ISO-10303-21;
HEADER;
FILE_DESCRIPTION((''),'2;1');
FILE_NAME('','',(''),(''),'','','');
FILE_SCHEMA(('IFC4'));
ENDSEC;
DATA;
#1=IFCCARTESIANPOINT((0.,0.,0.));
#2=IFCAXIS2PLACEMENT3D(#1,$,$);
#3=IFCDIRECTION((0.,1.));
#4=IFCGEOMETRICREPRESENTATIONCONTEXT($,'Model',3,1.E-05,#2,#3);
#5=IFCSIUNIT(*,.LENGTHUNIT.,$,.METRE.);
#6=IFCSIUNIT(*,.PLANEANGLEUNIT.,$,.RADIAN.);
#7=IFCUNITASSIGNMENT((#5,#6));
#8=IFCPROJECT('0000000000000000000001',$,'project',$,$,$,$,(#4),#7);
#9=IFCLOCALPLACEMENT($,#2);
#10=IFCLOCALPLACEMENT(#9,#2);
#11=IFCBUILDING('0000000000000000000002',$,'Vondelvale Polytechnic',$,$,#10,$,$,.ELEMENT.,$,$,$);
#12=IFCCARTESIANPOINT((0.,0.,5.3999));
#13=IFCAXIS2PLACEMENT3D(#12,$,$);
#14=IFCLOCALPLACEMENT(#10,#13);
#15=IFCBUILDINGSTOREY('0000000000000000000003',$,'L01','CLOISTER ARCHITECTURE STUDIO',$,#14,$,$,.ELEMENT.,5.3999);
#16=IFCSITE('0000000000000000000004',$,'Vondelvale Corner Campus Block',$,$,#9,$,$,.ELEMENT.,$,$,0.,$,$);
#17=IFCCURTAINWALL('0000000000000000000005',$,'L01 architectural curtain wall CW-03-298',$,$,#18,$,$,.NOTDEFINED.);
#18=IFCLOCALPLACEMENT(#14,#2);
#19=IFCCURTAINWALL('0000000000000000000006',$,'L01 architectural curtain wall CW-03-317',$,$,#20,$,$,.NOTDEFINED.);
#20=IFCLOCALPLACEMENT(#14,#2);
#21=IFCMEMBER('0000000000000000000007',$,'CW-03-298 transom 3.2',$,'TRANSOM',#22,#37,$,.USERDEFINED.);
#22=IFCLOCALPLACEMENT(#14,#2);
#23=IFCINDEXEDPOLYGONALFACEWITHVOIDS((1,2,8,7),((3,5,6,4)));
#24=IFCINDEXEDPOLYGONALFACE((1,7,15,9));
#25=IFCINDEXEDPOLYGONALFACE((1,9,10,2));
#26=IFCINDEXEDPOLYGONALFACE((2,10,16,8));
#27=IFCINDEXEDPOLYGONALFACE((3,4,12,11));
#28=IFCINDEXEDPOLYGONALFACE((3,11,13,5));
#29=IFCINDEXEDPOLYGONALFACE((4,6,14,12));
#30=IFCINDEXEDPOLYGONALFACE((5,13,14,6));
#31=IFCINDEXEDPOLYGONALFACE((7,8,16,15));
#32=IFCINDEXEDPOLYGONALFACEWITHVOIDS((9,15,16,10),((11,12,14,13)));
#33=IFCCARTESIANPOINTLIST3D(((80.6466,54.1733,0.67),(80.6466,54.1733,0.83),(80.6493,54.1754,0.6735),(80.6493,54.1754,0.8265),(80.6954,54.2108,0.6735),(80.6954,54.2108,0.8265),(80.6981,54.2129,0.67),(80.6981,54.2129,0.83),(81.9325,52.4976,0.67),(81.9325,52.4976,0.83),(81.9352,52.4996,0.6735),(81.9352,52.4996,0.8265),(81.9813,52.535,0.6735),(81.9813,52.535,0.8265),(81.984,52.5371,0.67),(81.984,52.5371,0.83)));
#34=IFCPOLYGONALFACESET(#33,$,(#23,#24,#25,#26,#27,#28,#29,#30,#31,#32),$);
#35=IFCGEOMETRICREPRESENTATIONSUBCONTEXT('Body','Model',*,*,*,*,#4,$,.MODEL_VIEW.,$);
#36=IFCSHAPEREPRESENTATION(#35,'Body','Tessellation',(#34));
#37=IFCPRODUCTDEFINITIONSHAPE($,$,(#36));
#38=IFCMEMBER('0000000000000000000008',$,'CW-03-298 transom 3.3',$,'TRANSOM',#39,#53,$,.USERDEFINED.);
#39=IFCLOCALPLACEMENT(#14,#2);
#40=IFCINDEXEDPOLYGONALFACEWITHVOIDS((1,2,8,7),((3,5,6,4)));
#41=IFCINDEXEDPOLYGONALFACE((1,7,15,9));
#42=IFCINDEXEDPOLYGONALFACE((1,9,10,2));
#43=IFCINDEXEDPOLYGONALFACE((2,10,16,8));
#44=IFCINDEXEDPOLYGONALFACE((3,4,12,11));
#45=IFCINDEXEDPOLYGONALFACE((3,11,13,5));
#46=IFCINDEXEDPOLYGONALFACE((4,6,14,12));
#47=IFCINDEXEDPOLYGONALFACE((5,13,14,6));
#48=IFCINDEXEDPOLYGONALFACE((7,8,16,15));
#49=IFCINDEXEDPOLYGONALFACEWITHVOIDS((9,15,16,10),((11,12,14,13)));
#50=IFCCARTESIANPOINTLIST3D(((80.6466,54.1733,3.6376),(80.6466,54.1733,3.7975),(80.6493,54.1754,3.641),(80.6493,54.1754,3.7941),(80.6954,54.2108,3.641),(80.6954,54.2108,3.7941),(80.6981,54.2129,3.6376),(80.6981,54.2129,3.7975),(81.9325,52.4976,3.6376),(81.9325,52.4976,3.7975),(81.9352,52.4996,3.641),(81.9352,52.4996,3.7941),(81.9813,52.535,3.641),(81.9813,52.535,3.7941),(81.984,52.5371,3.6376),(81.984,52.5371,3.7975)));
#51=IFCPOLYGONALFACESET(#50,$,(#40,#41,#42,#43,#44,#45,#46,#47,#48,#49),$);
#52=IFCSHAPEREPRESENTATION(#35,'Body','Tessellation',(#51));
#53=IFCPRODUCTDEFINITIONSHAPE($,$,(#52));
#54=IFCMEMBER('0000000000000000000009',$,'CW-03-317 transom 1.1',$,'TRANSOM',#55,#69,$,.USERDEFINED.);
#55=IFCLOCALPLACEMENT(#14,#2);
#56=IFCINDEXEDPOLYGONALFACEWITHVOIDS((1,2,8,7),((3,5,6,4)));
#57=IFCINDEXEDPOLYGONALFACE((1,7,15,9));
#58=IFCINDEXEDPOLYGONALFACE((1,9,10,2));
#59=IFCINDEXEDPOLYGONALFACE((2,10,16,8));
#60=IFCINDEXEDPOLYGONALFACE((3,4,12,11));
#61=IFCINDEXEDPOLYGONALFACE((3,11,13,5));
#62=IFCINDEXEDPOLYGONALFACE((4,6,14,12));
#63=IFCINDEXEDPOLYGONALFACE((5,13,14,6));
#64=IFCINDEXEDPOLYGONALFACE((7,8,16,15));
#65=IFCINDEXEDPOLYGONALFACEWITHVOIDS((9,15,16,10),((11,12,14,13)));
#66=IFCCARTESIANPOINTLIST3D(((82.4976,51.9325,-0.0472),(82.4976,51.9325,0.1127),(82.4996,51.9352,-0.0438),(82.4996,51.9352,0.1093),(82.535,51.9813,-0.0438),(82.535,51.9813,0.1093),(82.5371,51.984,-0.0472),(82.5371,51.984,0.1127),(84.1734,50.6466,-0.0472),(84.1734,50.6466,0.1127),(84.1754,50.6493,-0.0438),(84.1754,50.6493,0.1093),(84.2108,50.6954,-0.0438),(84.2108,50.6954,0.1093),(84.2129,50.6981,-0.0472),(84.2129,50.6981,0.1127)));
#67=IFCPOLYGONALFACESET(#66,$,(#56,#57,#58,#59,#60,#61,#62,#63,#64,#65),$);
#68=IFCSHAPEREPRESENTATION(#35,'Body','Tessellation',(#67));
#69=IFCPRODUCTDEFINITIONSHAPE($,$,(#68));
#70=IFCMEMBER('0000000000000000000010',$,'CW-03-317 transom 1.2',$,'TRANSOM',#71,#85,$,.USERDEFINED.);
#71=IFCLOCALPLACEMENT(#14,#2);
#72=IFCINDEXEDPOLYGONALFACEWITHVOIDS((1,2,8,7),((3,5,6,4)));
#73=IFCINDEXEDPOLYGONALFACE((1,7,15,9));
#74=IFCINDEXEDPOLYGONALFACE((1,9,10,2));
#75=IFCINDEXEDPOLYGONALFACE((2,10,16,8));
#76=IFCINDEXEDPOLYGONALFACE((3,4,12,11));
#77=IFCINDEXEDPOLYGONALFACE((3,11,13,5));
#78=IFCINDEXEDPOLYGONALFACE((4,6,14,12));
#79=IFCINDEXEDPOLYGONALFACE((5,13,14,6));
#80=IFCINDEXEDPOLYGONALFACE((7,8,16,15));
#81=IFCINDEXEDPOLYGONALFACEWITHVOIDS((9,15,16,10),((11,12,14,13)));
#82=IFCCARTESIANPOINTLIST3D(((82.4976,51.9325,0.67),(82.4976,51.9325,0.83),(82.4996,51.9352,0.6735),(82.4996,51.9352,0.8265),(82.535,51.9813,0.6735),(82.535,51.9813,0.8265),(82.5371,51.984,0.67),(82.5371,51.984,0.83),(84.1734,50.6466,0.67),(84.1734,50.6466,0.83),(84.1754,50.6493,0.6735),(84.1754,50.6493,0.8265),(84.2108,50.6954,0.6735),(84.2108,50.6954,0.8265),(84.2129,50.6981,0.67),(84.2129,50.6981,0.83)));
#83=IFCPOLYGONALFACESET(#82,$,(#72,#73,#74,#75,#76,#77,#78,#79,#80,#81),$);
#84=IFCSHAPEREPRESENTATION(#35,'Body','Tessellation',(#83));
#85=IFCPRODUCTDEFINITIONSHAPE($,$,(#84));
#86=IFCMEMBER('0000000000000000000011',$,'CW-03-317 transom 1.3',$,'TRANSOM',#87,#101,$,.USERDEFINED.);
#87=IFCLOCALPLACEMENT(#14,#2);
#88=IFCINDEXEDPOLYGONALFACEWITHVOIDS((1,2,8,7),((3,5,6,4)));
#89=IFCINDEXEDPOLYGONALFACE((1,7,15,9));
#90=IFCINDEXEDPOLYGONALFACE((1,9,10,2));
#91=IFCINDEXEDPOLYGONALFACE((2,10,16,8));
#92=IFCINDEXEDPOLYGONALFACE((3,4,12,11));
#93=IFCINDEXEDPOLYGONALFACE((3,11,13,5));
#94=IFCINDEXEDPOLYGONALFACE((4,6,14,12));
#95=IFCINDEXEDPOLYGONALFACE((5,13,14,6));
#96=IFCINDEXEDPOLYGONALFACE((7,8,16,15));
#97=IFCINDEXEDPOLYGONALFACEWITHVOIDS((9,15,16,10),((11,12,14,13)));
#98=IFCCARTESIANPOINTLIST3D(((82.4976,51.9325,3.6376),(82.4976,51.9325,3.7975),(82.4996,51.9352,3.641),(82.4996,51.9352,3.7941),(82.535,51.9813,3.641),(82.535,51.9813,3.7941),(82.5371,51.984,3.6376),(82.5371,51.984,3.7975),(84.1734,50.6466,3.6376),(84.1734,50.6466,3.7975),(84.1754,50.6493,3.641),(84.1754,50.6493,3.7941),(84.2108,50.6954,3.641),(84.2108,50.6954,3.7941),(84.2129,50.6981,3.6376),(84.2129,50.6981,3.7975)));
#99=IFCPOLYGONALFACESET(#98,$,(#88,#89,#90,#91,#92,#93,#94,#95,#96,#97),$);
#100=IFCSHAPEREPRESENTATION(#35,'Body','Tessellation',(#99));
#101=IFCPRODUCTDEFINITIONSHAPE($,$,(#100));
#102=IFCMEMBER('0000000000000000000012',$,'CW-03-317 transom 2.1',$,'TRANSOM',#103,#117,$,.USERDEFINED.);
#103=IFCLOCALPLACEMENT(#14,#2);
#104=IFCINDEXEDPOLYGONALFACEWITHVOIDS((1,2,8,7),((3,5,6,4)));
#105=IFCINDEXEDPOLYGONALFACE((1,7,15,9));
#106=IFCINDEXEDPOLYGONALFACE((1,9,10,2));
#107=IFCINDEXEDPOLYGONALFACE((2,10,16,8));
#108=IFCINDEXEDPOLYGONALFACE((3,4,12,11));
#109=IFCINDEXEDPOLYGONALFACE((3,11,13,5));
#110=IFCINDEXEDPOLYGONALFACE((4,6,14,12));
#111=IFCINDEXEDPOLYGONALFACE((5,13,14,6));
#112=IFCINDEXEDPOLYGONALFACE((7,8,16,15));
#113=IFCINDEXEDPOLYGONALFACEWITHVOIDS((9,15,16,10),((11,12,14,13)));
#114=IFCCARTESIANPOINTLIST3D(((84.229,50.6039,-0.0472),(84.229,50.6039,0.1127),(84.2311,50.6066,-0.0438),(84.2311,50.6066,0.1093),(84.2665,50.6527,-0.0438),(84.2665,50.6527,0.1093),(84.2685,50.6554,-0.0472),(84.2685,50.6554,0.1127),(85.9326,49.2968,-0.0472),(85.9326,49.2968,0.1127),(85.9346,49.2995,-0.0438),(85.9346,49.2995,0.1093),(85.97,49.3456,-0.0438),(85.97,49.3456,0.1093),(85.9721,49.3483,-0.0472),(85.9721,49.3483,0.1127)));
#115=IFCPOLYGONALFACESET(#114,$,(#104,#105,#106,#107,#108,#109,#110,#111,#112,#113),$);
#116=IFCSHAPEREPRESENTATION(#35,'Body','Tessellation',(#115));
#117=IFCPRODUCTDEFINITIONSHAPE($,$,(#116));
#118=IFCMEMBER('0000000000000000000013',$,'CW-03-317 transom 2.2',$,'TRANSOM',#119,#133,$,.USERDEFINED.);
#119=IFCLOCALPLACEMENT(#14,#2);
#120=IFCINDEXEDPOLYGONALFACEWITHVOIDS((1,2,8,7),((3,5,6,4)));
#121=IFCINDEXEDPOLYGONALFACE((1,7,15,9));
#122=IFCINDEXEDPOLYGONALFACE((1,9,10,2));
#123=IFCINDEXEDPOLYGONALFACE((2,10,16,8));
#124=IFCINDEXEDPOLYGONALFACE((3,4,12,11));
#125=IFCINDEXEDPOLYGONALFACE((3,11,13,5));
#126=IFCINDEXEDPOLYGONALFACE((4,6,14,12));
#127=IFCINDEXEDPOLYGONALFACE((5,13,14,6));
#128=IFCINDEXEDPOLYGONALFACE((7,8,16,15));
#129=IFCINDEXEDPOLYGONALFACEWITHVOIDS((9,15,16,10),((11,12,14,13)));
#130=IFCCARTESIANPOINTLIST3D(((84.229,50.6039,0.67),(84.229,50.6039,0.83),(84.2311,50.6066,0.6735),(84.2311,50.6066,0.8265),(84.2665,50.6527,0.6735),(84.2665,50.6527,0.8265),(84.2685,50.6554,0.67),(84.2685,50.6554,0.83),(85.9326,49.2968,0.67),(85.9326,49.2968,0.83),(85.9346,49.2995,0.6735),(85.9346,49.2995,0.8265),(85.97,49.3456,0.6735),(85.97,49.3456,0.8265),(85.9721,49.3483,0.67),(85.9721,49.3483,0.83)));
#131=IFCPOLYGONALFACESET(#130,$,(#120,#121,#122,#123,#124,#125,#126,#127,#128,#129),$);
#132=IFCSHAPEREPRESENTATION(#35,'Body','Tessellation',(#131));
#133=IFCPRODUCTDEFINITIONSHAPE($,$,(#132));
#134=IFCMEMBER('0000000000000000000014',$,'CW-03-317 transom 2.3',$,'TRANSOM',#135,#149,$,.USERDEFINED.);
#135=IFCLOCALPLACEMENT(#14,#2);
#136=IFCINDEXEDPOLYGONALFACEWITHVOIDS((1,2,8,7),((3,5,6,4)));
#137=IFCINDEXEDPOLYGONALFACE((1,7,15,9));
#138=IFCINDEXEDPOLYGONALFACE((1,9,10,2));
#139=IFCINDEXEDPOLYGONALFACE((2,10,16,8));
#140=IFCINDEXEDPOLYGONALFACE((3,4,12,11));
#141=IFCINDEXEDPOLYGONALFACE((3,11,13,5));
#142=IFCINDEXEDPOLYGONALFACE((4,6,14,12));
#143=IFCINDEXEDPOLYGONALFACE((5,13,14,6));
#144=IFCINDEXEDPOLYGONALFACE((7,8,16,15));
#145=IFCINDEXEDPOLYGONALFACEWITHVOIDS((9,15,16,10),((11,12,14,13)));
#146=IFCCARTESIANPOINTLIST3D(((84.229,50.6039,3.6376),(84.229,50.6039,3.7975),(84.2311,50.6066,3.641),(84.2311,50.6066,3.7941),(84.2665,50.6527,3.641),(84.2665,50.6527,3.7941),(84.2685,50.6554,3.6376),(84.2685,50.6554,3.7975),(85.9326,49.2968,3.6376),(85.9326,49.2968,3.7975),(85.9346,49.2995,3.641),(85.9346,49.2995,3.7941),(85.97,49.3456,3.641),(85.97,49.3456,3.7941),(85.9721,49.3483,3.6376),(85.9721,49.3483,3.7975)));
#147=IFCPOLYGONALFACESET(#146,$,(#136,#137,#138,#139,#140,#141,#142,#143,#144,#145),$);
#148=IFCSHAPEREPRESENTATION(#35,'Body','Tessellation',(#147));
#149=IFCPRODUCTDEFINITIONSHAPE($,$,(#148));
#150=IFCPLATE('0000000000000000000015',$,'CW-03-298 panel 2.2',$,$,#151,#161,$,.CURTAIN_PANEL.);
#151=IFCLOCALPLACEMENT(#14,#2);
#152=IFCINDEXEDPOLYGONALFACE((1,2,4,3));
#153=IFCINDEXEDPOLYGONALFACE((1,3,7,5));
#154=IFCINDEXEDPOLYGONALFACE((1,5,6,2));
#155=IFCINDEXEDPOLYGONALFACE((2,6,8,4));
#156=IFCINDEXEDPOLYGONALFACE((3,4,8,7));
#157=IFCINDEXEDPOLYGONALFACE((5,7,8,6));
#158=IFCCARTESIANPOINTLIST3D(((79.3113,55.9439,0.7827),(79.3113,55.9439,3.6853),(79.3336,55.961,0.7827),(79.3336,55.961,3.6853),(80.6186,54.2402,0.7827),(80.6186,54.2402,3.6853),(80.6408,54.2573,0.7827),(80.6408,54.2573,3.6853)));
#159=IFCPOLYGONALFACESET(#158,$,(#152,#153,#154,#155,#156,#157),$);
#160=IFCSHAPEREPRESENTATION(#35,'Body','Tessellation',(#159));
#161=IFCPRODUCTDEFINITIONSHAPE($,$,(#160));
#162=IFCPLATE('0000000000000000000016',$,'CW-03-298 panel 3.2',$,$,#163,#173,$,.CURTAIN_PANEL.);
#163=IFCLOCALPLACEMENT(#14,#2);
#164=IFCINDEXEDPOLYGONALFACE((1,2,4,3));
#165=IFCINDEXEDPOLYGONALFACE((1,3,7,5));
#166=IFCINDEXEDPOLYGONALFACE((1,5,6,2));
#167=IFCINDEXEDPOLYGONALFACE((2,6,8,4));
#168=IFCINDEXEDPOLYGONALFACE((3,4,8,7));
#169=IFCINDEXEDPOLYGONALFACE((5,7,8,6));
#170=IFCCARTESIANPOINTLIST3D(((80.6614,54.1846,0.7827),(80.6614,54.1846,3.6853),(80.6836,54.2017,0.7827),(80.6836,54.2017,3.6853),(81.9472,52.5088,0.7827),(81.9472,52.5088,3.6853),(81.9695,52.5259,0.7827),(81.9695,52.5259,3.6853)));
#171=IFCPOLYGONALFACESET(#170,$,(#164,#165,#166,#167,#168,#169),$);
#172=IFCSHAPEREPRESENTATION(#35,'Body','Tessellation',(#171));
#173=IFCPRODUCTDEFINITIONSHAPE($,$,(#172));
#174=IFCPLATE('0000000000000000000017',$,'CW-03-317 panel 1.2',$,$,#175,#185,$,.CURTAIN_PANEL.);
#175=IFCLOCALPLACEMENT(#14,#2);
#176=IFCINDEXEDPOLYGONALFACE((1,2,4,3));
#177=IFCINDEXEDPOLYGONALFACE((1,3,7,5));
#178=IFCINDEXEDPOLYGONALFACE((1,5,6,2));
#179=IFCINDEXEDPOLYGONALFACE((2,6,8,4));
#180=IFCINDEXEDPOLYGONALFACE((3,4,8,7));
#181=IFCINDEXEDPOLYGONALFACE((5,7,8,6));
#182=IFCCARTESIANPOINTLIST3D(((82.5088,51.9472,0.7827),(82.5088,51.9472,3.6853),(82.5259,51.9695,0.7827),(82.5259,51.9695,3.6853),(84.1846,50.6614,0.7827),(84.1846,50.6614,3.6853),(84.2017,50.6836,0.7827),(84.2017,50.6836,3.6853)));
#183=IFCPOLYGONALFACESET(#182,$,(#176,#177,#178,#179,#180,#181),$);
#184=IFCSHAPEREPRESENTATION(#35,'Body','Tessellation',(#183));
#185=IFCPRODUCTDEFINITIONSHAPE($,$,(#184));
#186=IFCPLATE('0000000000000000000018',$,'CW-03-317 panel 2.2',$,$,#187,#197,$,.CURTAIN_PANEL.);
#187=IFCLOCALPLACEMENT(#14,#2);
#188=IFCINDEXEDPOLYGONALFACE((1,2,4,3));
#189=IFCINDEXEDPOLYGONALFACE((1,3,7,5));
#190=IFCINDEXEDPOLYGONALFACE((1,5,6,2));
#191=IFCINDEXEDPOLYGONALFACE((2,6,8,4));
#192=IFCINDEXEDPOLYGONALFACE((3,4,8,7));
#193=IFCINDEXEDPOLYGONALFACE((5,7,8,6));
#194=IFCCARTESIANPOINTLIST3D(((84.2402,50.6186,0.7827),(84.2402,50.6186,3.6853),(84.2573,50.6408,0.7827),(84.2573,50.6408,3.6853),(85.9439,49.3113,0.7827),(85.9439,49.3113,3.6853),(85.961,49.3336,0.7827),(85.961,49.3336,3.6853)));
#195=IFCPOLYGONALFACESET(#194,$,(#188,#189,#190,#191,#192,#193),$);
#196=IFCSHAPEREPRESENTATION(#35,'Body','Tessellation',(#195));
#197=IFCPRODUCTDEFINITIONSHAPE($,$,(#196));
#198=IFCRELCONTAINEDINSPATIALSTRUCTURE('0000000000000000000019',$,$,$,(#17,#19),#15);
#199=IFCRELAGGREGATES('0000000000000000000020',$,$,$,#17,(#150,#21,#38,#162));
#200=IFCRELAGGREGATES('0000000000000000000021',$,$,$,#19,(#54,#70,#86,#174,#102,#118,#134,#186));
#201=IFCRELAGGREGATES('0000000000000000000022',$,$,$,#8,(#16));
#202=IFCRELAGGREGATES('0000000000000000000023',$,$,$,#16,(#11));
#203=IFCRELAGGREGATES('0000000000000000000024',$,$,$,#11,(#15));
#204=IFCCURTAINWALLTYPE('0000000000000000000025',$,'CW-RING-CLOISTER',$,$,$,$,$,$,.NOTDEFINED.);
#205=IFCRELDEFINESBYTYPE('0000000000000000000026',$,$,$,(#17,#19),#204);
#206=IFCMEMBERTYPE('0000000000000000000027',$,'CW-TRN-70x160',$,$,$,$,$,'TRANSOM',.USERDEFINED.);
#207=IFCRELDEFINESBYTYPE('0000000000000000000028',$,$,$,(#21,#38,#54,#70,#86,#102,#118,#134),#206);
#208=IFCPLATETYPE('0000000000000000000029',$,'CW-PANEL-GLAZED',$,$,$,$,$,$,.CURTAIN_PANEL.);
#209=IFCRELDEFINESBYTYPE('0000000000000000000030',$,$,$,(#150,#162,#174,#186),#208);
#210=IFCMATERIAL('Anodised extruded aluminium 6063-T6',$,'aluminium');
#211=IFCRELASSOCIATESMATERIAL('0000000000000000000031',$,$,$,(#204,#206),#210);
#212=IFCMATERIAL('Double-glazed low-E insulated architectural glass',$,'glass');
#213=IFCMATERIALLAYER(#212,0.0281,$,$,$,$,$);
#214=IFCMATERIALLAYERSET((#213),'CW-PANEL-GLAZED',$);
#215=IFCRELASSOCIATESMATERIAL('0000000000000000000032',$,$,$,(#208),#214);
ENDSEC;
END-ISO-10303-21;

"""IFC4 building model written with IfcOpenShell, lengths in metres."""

from ifc_helpers import new_model, si_unit, direction, frame, origin, origin_2d, place, context, subcontext, project, spatial, rectangle, hollow_rectangle, extrude, material, layer, layer_set, material_profile, profile_set, type_object, element, aggregate, save


model = new_model("IFC4")

# Units and contexts
model_context = context("Model", 3, precision=1e-05, world=origin(), true_north=direction((0.0, 1.0)))
body_context = subcontext(model_context, "Body", "Model", "MODEL_VIEW")
ifc_project = project(units=[si_unit("LENGTHUNIT", "METRE"), si_unit("PLANEANGLEUNIT", "RADIAN")], contexts=[model_context])

# Site, building, storey
site_placement = place(None, origin())
site = spatial("IfcSite", under=ifc_project, at=site_placement, Name="Vondelvale Corner Campus Block", CompositionType="ELEMENT", RefElevation=0.0)
building_placement = place(site_placement, origin())
building = spatial("IfcBuilding", under=site, at=building_placement, Name="Vondelvale Polytechnic", CompositionType="ELEMENT")
storey_placement = place(building_placement, frame((0.0, 0.0, 5.3999)))
storey = spatial("IfcBuildingStorey", under=building, at=storey_placement, Name="L01", Description="CLOISTER ARCHITECTURE STUDIO", CompositionType="ELEMENT", Elevation=5.3999)

# Curtain walls
ifc_material_1 = material(Name="Anodised extruded aluminium 6063-T6", Category="aluminium")
curtain_wall_type = type_object("IfcCurtainWallType", Name="CW-RING-CLOISTER", PredefinedType="NOTDEFINED", material=ifc_material_1)
curtain_wall_1_placement = place(storey_placement, origin())
curtain_wall_1 = element("IfcCurtainWall", 1, at=curtain_wall_1_placement, inside=storey, type_object=curtain_wall_type, Name="L01 architectural curtain wall CW-03-298", PredefinedType="NOTDEFINED")
curtain_wall_2_placement = place(storey_placement, origin())
curtain_wall_2 = element("IfcCurtainWall", 2, at=curtain_wall_2_placement, inside=storey, type_object=curtain_wall_type, Name="L01 architectural curtain wall CW-03-317", PredefinedType="NOTDEFINED")

# Members
ifc_material_profile_1 = material_profile(ifc_material_1, hollow_rectangle(XDim=0.0649, YDim=0.1599, WallThickness=0.0034, at=origin_2d()), Name="CW-TRN-160x65")
ifc_profile_set_1 = profile_set([ifc_material_profile_1], Name="Anodised extruded aluminium 6063-T6")
member_type_1 = type_object("IfcMemberType", Name="CW-TRN-70x160", ElementType="TRANSOM", PredefinedType="USERDEFINED", material=ifc_profile_set_1)
member_1_placement = place(storey_placement, frame((80.6724, 54.1931, 0.75), z_axis=(0.608766, -0.79335, 0.0), x_axis=(0.79335, 0.608766, 0.0)))
member_1 = element("IfcMember", 3, at=member_1_placement, type_object=member_type_1, Name="CW-03-298 transom 3.2", ObjectType="TRANSOM", PredefinedType="USERDEFINED", context=body_context, shape_type="SweptSolid", body=[
    extrude(hollow_rectangle(XDim=0.0649, YDim=0.1599, WallThickness=0.0034, at=origin_2d()), origin(), (0.0, 0.0, 1.0), 2.1123),
])
member_2_placement = place(storey_placement, frame((80.6724, 54.1931, 3.7175), z_axis=(0.608766, -0.79335, 0.0), x_axis=(0.79335, 0.608766, 0.0)))
member_2 = element("IfcMember", 4, at=member_2_placement, type_object=member_type_1, Name="CW-03-298 transom 3.3", ObjectType="TRANSOM", PredefinedType="USERDEFINED", context=body_context, shape_type="SweptSolid", body=[
    extrude(hollow_rectangle(XDim=0.0649, YDim=0.1599, WallThickness=0.0034, at=origin_2d()), origin(), (0.0, 0.0, 1.0), 2.1123),
])
member_3_placement = place(storey_placement, frame((82.5173, 51.9583, 0.0327), z_axis=(0.79335, -0.608766, 0.0), x_axis=(0.608766, 0.79335, 0.0)))
member_3 = element("IfcMember", 5, at=member_3_placement, type_object=member_type_1, Name="CW-03-317 transom 1.1", ObjectType="TRANSOM", PredefinedType="USERDEFINED", context=body_context, shape_type="SweptSolid", body=[
    extrude(hollow_rectangle(XDim=0.0649, YDim=0.1599, WallThickness=0.0034, at=origin_2d()), origin(), (0.0, 0.0, 1.0), 2.1123),
])
member_4_placement = place(storey_placement, frame((82.5173, 51.9583, 0.75), z_axis=(0.79335, -0.608766, 0.0), x_axis=(0.608766, 0.79335, 0.0)))
member_4 = element("IfcMember", 6, at=member_4_placement, type_object=member_type_1, Name="CW-03-317 transom 1.2", ObjectType="TRANSOM", PredefinedType="USERDEFINED", context=body_context, shape_type="SweptSolid", body=[
    extrude(hollow_rectangle(XDim=0.0649, YDim=0.1599, WallThickness=0.0034, at=origin_2d()), origin(), (0.0, 0.0, 1.0), 2.1123),
])
member_5_placement = place(storey_placement, frame((82.5173, 51.9583, 3.7175), z_axis=(0.79335, -0.608766, 0.0), x_axis=(0.608766, 0.79335, 0.0)))
member_5 = element("IfcMember", 7, at=member_5_placement, type_object=member_type_1, Name="CW-03-317 transom 1.3", ObjectType="TRANSOM", PredefinedType="USERDEFINED", context=body_context, shape_type="SweptSolid", body=[
    extrude(hollow_rectangle(XDim=0.0649, YDim=0.1599, WallThickness=0.0034, at=origin_2d()), origin(), (0.0, 0.0, 1.0), 2.1123),
])
member_6_placement = place(storey_placement, frame((84.2488, 50.6296, 0.0327), z_axis=(0.793376, -0.608732, 0.0), x_axis=(0.608732, 0.793376, 0.0)))
member_6 = element("IfcMember", 8, at=member_6_placement, type_object=member_type_1, Name="CW-03-317 transom 2.1", ObjectType="TRANSOM", PredefinedType="USERDEFINED", context=body_context, shape_type="SweptSolid", body=[
    extrude(hollow_rectangle(XDim=0.0649, YDim=0.1599, WallThickness=0.0034, at=origin_2d()), origin(), (0.0, 0.0, 1.0), 2.1472),
])
member_7_placement = place(storey_placement, frame((84.2488, 50.6296, 0.75), z_axis=(0.793376, -0.608732, 0.0), x_axis=(0.608732, 0.793376, 0.0)))
member_7 = element("IfcMember", 9, at=member_7_placement, type_object=member_type_1, Name="CW-03-317 transom 2.2", ObjectType="TRANSOM", PredefinedType="USERDEFINED", context=body_context, shape_type="SweptSolid", body=[
    extrude(hollow_rectangle(XDim=0.0649, YDim=0.1599, WallThickness=0.0034, at=origin_2d()), origin(), (0.0, 0.0, 1.0), 2.1472),
])
member_8_placement = place(storey_placement, frame((84.2488, 50.6296, 3.7175), z_axis=(0.793376, -0.608732, 0.0), x_axis=(0.608732, 0.793376, 0.0)))
member_8 = element("IfcMember", 10, at=member_8_placement, type_object=member_type_1, Name="CW-03-317 transom 2.3", ObjectType="TRANSOM", PredefinedType="USERDEFINED", context=body_context, shape_type="SweptSolid", body=[
    extrude(hollow_rectangle(XDim=0.0649, YDim=0.1599, WallThickness=0.0034, at=origin_2d()), origin(), (0.0, 0.0, 1.0), 2.1472),
])

# Plates
ifc_material_2 = material(Name="Double-glazed low-E insulated architectural glass", Category="glass")
ifc_layer_1 = layer(ifc_material_2, 0.0281)
ifc_layer_set_1 = layer_set([ifc_layer_1], Name="CW-PANEL-GLAZED")
plate_type_1 = type_object("IfcPlateType", Name="CW-PANEL-GLAZED", PredefinedType="CURTAIN_PANEL", material=ifc_layer_set_1)
plate_1_placement = place(storey_placement, frame((79.9761, 55.1006, 0.7827), z_axis=(0.0, 0.0, 1.0), x_axis=(0.608748, -0.793364, 0.0)))
plate_1 = element("IfcPlate", 11, at=plate_1_placement, type_object=plate_type_1, Name="CW-03-298 panel 2.2", PredefinedType="CURTAIN_PANEL", context=body_context, shape_type="SweptSolid", body=[
    extrude(rectangle(XDim=2.1475, YDim=0.0281, at=origin_2d()), origin(), (0.0, 0.0, 1.0), 2.9026),
])
plate_2_placement = place(storey_placement, frame((81.3154, 53.3552, 0.7827), z_axis=(0.0, 0.0, 1.0), x_axis=(0.608748, -0.793364, 0.0)))
plate_2 = element("IfcPlate", 12, at=plate_2_placement, type_object=plate_type_1, Name="CW-03-298 panel 3.2", PredefinedType="CURTAIN_PANEL", context=body_context, shape_type="SweptSolid", body=[
    extrude(rectangle(XDim=2.1123, YDim=0.0281, at=origin_2d()), origin(), (0.0, 0.0, 1.0), 2.9026),
])
plate_3_placement = place(storey_placement, frame((83.3552, 51.3154, 0.7827), z_axis=(0.0, 0.0, 1.0), x_axis=(0.793364, -0.608748, 0.0)))
plate_3 = element("IfcPlate", 13, at=plate_3_placement, type_object=plate_type_1, Name="CW-03-317 panel 1.2", PredefinedType="CURTAIN_PANEL", context=body_context, shape_type="SweptSolid", body=[
    extrude(rectangle(XDim=2.1123, YDim=0.0281, at=origin_2d()), origin(), (0.0, 0.0, 1.0), 2.9026),
])
plate_4_placement = place(storey_placement, frame((85.1006, 49.9761, 0.7827), z_axis=(0.0, 0.0, 1.0), x_axis=(0.793364, -0.608748, 0.0)))
plate_4 = element("IfcPlate", 14, at=plate_4_placement, type_object=plate_type_1, Name="CW-03-317 panel 2.2", PredefinedType="CURTAIN_PANEL", context=body_context, shape_type="SweptSolid", body=[
    extrude(rectangle(XDim=2.1475, YDim=0.0281, at=origin_2d()), origin(), (0.0, 0.0, 1.0), 2.9026),
])
aggregate(curtain_wall_1, [plate_1, member_1, member_2, plate_2])
aggregate(curtain_wall_2, [member_3, member_4, member_5, plate_3, member_6, member_7, member_8, plate_4])

save(model, "model.ifc")
